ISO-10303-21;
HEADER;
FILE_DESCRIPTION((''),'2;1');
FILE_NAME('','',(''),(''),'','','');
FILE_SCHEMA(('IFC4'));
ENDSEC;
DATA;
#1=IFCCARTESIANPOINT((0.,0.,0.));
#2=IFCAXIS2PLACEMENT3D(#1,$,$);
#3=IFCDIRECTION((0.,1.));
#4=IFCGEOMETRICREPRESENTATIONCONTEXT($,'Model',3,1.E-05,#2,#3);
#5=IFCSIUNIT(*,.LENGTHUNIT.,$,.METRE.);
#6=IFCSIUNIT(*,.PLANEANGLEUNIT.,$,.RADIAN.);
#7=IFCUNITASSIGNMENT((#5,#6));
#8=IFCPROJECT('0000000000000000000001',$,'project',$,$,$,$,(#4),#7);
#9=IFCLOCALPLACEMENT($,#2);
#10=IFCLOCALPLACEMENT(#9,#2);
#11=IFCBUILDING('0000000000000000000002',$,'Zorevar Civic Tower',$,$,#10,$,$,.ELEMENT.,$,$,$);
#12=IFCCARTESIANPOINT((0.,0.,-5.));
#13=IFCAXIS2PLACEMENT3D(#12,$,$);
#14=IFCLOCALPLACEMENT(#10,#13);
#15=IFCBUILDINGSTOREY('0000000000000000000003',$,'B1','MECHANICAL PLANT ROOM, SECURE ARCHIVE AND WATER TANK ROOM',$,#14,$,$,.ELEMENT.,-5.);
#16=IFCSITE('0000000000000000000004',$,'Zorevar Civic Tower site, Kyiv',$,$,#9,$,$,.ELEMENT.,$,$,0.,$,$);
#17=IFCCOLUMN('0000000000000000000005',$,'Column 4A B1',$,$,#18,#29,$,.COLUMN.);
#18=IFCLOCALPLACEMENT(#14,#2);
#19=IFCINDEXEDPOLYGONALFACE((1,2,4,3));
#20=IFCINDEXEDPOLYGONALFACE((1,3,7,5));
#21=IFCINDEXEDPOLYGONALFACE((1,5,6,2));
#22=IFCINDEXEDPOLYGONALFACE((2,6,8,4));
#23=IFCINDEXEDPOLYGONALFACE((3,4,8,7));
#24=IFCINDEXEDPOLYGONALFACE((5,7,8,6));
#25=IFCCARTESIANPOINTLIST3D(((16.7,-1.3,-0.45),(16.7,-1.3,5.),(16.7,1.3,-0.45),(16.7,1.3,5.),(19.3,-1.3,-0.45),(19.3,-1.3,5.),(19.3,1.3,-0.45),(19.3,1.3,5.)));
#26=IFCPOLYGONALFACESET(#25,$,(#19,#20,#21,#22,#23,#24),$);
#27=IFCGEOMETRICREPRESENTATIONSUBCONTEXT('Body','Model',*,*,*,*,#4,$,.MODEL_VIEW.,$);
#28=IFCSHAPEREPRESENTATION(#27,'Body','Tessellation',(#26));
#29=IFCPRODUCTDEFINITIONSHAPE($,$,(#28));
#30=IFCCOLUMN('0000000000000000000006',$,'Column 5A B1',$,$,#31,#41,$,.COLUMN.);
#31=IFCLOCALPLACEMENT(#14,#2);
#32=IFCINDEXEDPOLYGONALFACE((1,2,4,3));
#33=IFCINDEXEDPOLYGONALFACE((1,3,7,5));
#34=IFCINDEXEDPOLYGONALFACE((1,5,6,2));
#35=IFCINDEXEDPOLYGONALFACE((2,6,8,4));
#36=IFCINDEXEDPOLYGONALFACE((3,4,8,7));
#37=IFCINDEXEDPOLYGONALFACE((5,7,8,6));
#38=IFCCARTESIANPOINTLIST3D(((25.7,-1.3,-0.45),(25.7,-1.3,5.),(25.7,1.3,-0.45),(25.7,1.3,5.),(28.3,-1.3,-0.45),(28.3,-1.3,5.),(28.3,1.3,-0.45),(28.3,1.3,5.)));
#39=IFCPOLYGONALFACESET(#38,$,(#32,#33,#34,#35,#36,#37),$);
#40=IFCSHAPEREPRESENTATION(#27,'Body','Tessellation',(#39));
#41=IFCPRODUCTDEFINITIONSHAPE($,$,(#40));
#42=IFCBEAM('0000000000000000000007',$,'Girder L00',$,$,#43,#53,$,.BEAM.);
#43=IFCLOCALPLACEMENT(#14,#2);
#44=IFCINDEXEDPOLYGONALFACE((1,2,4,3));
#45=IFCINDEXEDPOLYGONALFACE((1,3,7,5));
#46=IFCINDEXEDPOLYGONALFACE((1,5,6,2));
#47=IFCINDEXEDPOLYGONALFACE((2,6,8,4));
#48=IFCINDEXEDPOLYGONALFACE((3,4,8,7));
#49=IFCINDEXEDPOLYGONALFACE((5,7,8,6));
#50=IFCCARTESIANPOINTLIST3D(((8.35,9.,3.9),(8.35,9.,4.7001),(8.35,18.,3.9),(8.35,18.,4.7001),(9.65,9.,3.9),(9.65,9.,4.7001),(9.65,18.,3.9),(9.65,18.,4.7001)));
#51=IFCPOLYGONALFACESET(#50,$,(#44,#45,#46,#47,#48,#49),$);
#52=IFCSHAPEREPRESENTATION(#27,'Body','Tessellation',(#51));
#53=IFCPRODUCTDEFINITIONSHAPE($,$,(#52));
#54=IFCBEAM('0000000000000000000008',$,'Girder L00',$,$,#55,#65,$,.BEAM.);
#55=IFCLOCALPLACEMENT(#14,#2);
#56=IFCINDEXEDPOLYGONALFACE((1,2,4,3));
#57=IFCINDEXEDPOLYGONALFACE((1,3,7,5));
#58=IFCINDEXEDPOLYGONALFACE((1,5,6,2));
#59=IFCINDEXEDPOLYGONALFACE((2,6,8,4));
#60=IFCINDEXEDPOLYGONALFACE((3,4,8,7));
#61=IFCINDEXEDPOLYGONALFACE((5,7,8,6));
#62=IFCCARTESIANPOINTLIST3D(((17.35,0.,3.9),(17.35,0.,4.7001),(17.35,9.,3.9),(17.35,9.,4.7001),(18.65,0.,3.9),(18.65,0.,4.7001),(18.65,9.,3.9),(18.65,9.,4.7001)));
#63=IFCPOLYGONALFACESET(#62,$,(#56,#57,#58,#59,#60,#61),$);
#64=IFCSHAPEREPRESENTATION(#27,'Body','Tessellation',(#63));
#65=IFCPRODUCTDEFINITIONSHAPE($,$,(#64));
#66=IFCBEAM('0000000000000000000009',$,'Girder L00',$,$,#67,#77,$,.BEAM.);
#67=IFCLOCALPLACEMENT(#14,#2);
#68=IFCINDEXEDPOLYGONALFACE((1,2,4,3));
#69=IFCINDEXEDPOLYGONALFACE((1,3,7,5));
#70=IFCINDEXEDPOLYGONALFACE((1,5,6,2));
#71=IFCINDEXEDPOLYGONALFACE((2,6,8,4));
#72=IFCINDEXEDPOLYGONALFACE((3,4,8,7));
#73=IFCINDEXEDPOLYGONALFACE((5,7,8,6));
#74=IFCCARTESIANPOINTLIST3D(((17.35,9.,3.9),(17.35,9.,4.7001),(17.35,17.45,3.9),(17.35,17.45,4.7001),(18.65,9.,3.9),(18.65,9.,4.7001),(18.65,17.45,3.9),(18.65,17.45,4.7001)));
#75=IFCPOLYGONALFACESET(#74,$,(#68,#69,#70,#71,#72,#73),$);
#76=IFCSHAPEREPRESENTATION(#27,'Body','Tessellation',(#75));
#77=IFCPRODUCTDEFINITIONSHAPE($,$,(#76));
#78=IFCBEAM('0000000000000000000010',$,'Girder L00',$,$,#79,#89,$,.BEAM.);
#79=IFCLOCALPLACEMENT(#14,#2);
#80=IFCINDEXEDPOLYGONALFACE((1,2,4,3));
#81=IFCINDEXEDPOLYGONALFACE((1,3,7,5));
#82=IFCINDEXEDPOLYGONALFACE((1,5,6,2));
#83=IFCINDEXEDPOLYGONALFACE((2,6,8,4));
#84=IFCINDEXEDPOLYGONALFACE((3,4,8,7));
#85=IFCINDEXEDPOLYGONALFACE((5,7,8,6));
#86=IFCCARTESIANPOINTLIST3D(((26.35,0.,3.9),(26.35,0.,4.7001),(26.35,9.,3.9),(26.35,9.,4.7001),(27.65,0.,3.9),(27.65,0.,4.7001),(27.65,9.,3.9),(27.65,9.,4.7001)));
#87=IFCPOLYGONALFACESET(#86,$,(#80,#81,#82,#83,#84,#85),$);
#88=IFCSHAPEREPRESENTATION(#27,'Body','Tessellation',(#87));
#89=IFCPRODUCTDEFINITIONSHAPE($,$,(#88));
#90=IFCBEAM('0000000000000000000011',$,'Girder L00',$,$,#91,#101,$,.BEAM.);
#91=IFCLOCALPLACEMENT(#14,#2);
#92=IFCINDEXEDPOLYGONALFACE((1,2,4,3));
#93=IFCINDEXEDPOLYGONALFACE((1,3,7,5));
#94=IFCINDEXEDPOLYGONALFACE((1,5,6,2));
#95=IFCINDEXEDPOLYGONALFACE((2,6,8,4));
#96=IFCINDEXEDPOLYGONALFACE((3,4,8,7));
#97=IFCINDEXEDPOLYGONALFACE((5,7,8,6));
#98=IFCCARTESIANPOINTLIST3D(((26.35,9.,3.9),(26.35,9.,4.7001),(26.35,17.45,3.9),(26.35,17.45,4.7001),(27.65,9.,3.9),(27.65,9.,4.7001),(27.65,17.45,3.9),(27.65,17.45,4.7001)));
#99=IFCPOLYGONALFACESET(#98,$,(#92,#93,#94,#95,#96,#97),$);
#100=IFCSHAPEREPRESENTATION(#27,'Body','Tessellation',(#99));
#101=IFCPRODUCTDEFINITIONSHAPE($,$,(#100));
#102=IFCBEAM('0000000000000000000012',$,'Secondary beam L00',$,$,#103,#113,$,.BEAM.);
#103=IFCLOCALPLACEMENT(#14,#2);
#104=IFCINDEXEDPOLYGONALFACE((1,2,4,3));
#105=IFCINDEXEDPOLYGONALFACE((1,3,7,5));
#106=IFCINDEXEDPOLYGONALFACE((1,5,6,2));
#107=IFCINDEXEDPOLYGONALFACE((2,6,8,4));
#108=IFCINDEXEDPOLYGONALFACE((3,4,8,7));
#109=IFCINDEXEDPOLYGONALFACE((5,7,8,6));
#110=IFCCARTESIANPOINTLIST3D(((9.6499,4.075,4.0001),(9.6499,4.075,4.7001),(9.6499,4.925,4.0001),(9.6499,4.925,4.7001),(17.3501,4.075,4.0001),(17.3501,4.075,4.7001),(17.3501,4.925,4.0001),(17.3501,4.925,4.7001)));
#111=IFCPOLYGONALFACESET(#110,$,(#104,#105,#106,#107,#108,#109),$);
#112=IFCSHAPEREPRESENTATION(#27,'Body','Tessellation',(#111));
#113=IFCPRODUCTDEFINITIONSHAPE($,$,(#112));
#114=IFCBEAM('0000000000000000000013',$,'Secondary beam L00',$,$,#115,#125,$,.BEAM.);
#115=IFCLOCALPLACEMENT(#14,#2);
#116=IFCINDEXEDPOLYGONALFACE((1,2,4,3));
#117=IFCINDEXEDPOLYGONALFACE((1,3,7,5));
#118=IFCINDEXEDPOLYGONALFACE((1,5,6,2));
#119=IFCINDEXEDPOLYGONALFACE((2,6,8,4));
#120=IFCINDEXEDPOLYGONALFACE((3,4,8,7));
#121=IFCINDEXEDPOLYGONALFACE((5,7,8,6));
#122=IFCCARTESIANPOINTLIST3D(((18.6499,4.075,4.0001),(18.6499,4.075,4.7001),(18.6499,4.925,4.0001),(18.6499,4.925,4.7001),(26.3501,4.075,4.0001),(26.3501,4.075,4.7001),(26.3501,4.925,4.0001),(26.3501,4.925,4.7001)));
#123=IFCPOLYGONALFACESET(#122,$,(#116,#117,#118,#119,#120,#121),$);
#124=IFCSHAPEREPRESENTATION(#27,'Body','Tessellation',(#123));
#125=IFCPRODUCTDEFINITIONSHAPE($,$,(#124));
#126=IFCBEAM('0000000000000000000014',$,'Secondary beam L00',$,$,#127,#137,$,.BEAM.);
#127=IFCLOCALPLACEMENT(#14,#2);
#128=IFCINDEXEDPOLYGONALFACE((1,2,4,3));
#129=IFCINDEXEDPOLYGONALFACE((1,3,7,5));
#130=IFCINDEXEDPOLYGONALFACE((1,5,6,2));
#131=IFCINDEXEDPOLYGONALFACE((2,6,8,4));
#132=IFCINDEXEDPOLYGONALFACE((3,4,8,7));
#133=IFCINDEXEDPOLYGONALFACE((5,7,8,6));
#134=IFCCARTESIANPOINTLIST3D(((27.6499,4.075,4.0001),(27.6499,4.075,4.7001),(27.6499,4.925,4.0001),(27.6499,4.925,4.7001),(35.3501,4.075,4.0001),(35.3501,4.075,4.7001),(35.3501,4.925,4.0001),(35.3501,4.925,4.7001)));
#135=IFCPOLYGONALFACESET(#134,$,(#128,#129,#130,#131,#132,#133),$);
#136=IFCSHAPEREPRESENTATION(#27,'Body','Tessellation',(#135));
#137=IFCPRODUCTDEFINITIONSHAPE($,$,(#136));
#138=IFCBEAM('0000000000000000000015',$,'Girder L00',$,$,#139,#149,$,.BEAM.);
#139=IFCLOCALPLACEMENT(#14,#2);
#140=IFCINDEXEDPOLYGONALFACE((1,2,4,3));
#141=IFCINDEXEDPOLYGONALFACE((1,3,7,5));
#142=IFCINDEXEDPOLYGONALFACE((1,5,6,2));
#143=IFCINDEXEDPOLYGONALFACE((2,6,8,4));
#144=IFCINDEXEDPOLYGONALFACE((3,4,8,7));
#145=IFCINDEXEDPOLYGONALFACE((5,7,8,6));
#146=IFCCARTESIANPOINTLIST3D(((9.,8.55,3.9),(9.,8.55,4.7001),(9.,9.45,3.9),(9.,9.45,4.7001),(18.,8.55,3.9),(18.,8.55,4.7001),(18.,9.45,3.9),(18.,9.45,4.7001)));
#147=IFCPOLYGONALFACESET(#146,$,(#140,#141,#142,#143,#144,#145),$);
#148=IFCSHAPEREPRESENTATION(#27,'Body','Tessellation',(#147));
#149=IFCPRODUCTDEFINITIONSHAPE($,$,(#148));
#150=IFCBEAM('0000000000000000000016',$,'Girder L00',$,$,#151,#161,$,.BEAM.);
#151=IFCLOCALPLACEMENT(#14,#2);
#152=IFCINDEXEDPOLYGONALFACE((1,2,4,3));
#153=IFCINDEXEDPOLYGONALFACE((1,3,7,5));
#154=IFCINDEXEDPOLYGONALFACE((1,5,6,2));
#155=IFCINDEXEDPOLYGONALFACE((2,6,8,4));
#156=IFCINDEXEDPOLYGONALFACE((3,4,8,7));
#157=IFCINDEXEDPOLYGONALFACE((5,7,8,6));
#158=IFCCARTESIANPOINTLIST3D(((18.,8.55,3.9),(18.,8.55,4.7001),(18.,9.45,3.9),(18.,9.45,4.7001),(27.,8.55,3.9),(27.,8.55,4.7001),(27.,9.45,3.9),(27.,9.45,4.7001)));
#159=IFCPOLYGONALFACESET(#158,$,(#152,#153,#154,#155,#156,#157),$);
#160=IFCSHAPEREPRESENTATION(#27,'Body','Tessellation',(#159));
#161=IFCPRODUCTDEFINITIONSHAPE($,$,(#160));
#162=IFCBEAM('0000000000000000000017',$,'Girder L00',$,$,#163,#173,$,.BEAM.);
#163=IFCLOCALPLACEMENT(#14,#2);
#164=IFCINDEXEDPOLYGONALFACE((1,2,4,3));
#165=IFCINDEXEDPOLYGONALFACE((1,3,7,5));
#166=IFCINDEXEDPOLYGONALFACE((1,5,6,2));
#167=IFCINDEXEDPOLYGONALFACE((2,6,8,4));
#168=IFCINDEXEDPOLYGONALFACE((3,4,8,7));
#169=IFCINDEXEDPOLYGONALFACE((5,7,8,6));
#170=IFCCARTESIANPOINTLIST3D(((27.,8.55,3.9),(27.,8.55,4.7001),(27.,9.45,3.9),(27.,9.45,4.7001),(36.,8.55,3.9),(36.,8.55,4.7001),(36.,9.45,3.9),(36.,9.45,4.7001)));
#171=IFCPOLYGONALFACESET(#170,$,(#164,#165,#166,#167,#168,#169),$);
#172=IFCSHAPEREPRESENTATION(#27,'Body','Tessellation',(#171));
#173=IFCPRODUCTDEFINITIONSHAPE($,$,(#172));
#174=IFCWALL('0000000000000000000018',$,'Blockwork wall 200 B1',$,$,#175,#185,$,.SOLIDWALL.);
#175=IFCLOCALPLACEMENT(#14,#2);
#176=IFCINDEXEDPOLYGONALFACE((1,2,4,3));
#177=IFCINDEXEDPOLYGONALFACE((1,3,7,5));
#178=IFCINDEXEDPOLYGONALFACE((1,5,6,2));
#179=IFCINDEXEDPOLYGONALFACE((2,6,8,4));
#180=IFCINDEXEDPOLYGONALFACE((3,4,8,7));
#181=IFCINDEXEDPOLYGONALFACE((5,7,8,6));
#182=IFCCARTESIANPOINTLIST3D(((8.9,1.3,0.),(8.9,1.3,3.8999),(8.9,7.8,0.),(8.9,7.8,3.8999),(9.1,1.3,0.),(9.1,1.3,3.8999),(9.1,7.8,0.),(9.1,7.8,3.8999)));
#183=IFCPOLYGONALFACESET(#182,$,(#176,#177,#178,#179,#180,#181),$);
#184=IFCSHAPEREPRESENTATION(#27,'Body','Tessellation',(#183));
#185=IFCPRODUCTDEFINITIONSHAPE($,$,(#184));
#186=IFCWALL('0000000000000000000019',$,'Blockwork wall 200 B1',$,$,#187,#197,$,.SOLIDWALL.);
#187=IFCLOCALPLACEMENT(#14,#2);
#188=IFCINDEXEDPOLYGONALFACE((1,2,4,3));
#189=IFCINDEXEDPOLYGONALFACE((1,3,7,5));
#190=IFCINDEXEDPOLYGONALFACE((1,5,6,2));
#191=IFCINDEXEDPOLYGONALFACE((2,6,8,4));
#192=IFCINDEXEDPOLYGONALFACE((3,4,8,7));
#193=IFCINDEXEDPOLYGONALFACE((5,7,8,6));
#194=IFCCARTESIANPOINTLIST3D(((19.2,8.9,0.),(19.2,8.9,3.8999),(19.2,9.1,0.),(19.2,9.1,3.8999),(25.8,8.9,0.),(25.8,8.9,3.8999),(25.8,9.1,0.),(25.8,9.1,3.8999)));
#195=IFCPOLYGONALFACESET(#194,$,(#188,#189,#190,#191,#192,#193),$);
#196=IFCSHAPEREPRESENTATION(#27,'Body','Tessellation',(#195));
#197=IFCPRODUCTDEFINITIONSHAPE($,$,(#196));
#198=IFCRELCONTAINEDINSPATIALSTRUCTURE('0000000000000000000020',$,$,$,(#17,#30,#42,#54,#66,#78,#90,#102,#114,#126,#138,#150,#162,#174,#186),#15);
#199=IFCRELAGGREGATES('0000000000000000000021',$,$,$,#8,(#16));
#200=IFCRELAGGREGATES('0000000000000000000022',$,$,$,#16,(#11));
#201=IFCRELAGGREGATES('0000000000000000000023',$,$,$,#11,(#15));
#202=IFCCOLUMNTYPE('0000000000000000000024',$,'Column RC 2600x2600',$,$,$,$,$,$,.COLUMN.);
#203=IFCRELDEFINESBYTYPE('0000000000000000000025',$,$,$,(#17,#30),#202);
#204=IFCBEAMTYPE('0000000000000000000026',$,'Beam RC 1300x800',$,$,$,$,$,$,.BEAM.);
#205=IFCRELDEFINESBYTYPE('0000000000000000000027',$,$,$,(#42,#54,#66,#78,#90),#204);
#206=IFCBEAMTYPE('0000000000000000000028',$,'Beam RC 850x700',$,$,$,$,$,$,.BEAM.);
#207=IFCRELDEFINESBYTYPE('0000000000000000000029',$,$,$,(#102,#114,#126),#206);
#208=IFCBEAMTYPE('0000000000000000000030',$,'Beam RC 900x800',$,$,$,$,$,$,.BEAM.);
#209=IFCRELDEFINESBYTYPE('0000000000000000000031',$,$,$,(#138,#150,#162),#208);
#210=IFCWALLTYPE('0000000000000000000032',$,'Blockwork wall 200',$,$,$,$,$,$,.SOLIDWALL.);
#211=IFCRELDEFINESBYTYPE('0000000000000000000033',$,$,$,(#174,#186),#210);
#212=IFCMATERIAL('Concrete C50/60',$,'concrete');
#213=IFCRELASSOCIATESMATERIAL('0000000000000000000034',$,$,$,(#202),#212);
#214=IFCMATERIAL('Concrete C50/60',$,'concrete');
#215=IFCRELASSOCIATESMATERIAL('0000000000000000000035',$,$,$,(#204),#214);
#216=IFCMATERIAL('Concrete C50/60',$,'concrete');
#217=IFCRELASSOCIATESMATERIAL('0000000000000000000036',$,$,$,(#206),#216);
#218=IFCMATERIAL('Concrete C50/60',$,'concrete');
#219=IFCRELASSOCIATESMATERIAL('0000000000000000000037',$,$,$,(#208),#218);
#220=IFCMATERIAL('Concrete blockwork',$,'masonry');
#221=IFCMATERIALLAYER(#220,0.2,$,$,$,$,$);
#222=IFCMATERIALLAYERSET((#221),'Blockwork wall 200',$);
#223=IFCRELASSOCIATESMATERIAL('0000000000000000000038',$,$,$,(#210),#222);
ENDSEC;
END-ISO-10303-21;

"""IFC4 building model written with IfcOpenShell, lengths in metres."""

from ifc_helpers import new_model, si_unit, direction, frame, frame_2d, origin, origin_2d, place, context, subcontext, project, spatial, rectangle, extrude, material, layer, layer_set, material_profile, profile_set, type_object, element, save


model = new_model("IFC4")

# Units and contexts
model_context = context("Model", 3, precision=1e-05, world=origin(), true_north=direction((0.0, 1.0)))
body_context = subcontext(model_context, "Body", "Model", "MODEL_VIEW")
ifc_project = project(units=[si_unit("LENGTHUNIT", "METRE"), si_unit("PLANEANGLEUNIT", "RADIAN")], contexts=[model_context])

# Site, building, storey
site_placement = place(None, origin())
site = spatial("IfcSite", under=ifc_project, at=site_placement, Name="Zorevar Civic Tower site, Kyiv", CompositionType="ELEMENT", RefElevation=0.0)
building_placement = place(site_placement, origin())
building = spatial("IfcBuilding", under=site, at=building_placement, Name="Zorevar Civic Tower", CompositionType="ELEMENT")
storey_placement = place(building_placement, frame((0.0, 0.0, -5.0)))
storey = spatial("IfcBuildingStorey", under=building, at=storey_placement, Name="B1", Description="MECHANICAL PLANT ROOM, SECURE ARCHIVE AND WATER TANK ROOM", CompositionType="ELEMENT", Elevation=-5.0)

# Columns
ifc_material_1 = material(Name="Concrete C50/60", Category="concrete")
ifc_material_profile_1 = material_profile(ifc_material_1, rectangle(XDim=2.6001, YDim=2.6001, at=origin_2d()), Name="RC 2600x2600")
ifc_profile_set_1 = profile_set([ifc_material_profile_1], Name="Concrete C50/60")
column_type_1 = type_object("IfcColumnType", Name="Column RC 2600x2600", PredefinedType="COLUMN", material=ifc_profile_set_1)
for number, where, z_axis, x_axis, name in (
    (1, (18.0, 0.0, -0.45), (0.0, 0.0, 1.0), (1.0, 0.0, 0.0), "Column 4A B1"),
    (2, (27.0, 0.0, -0.45), (0.0, 0.0, 1.0), (1.0, 0.0, 0.0), "Column 5A B1"),
):
    element("IfcColumn", number, at=place(storey_placement, frame(where, z_axis=z_axis, x_axis=x_axis)), inside=storey, type_object=column_type_1, Name=name, PredefinedType="COLUMN", context=body_context, shape_type="SweptSolid", body=[
        extrude(rectangle(XDim=2.6001, YDim=2.6001, at=origin_2d()), origin(), (0.0, 0.0, 1.0), 5.45),
    ])

# Beams
ifc_material_2 = material(Name="Concrete C50/60", Category="concrete")
ifc_material_profile_2 = material_profile(ifc_material_2, rectangle(XDim=1.3, YDim=0.8, at=origin_2d()), Name="RC 1300x800")
ifc_profile_set_2 = profile_set([ifc_material_profile_2], Name="Concrete C50/60")
beam_type_1 = type_object("IfcBeamType", Name="Beam RC 1300x800", PredefinedType="BEAM", material=ifc_profile_set_2)
for number, where, z_axis, x_axis, name in (
    (3, (9.0, 9.0, 4.3), (0.0, 1.0, 0.0), (-1.0, 0.0, 0.0), "Girder L00"),
    (4, (18.0, 0.0, 4.3), (0.0, 1.0, 0.0), (-1.0, 0.0, 0.0), "Girder L00"),
):
    element("IfcBeam", number, at=place(storey_placement, frame(where, z_axis=z_axis, x_axis=x_axis)), inside=storey, type_object=beam_type_1, Name=name, PredefinedType="BEAM", context=body_context, shape_type="SweptSolid", body=[
        extrude(rectangle(XDim=1.3, YDim=0.8, at=origin_2d()), origin(), (0.0, 0.0, 1.0), 9.0),
    ])
beam_1_placement = place(storey_placement, frame((18.0, 9.0, 4.3), z_axis=(0.0, 1.0, 0.0), x_axis=(-1.0, 0.0, 0.0)))
element("IfcBeam", 5, at=beam_1_placement, inside=storey, type_object=beam_type_1, Name="Girder L00", PredefinedType="BEAM", context=body_context, shape_type="SweptSolid", body=[
    extrude(rectangle(XDim=1.3, YDim=0.8, at=origin_2d()), origin(), (0.0, 0.0, 1.0), 8.45),
])
beam_2_placement = place(storey_placement, frame((27.0, 0.0, 4.3), z_axis=(0.0, 1.0, 0.0), x_axis=(-1.0, 0.0, 0.0)))
element("IfcBeam", 6, at=beam_2_placement, inside=storey, type_object=beam_type_1, Name="Girder L00", PredefinedType="BEAM", context=body_context, shape_type="SweptSolid", body=[
    extrude(rectangle(XDim=1.3, YDim=0.8, at=origin_2d()), origin(), (0.0, 0.0, 1.0), 9.0),
])
beam_3_placement = place(storey_placement, frame((27.0, 9.0, 4.3), z_axis=(0.0, 1.0, 0.0), x_axis=(-1.0, 0.0, 0.0)))
element("IfcBeam", 7, at=beam_3_placement, inside=storey, type_object=beam_type_1, Name="Girder L00", PredefinedType="BEAM", context=body_context, shape_type="SweptSolid", body=[
    extrude(rectangle(XDim=1.3, YDim=0.8, at=origin_2d()), origin(), (0.0, 0.0, 1.0), 8.45),
])
ifc_material_3 = material(Name="Concrete C50/60", Category="concrete")
ifc_material_profile_3 = material_profile(ifc_material_3, rectangle(XDim=0.8501, YDim=0.7, at=origin_2d()), Name="RC 850x700")
ifc_profile_set_3 = profile_set([ifc_material_profile_3], Name="Concrete C50/60")
beam_type_2 = type_object("IfcBeamType", Name="Beam RC 850x700", PredefinedType="BEAM", material=ifc_profile_set_3)
for number, where, z_axis, x_axis, name in (
    (8, (9.6499, 4.5, 4.3501), (1.0, 0.0, 0.0), (0.0, 1.0, 0.0), "Secondary beam L00"),
    (9, (18.6499, 4.5, 4.3501), (1.0, 0.0, 0.0), (0.0, 1.0, 0.0), "Secondary beam L00"),
    (10, (27.6499, 4.5, 4.3501), (1.0, 0.0, 0.0), (0.0, 1.0, 0.0), "Secondary beam L00"),
):
    element("IfcBeam", number, at=place(storey_placement, frame(where, z_axis=z_axis, x_axis=x_axis)), inside=storey, type_object=beam_type_2, Name=name, PredefinedType="BEAM", context=body_context, shape_type="SweptSolid", body=[
        extrude(rectangle(XDim=0.8501, YDim=0.7, at=origin_2d()), origin(), (0.0, 0.0, 1.0), 7.7002),
    ])
ifc_material_4 = material(Name="Concrete C50/60", Category="concrete")
ifc_material_profile_4 = material_profile(ifc_material_4, rectangle(XDim=0.8999, YDim=0.8, at=origin_2d()), Name="RC 900x800")
ifc_profile_set_4 = profile_set([ifc_material_profile_4], Name="Concrete C50/60")
beam_type_3 = type_object("IfcBeamType", Name="Beam RC 900x800", PredefinedType="BEAM", material=ifc_profile_set_4)
for number, where, z_axis, x_axis, name in (
    (11, (9.0, 9.0, 4.3), (1.0, 0.0, 0.0), (0.0, 1.0, 0.0), "Girder L00"),
    (12, (18.0, 9.0, 4.3), (1.0, 0.0, 0.0), (0.0, 1.0, 0.0), "Girder L00"),
    (13, (27.0, 9.0, 4.3), (1.0, 0.0, 0.0), (0.0, 1.0, 0.0), "Girder L00"),
):
    element("IfcBeam", number, at=place(storey_placement, frame(where, z_axis=z_axis, x_axis=x_axis)), inside=storey, type_object=beam_type_3, Name=name, PredefinedType="BEAM", context=body_context, shape_type="SweptSolid", body=[
        extrude(rectangle(XDim=0.8999, YDim=0.8, at=origin_2d()), origin(), (0.0, 0.0, 1.0), 9.0),
    ])

# Wall
ifc_material_5 = material(Name="Concrete blockwork", Category="masonry")
ifc_layer = layer(ifc_material_5, 0.2)
ifc_layer_set = layer_set([ifc_layer], Name="Blockwork wall 200")
wall_type = type_object("IfcWallType", Name="Blockwork wall 200", PredefinedType="SOLIDWALL", material=ifc_layer_set)
wall_1_placement = place(storey_placement, frame((9.0, 1.3, 0.0), z_axis=(0.0, 0.0, 1.0), x_axis=(0.0, 1.0, 0.0)))
element("IfcWall", 14, at=wall_1_placement, inside=storey, type_object=wall_type, Name="Blockwork wall 200 B1", PredefinedType="SOLIDWALL", context=body_context, shape_type="SweptSolid", body=[
    extrude(rectangle(XDim=6.5, YDim=0.2, at=frame_2d((3.25, 0.0))), origin(), (0.0, 0.0, 1.0), 3.8999),
])

# Wall
wall_2_placement = place(storey_placement, frame((19.2, 9.0, 0.0), z_axis=(0.0, 0.0, 1.0), x_axis=(1.0, 0.0, 0.0)))
element("IfcWall", 15, at=wall_2_placement, inside=storey, type_object=wall_type, Name="Blockwork wall 200 B1", PredefinedType="SOLIDWALL", context=body_context, shape_type="SweptSolid", body=[
    extrude(rectangle(XDim=6.6001, YDim=0.2, at=frame_2d((3.3, 0.0))), origin(), (0.0, 0.0, 1.0), 3.8999),
])

save(model, "model.ifc")
